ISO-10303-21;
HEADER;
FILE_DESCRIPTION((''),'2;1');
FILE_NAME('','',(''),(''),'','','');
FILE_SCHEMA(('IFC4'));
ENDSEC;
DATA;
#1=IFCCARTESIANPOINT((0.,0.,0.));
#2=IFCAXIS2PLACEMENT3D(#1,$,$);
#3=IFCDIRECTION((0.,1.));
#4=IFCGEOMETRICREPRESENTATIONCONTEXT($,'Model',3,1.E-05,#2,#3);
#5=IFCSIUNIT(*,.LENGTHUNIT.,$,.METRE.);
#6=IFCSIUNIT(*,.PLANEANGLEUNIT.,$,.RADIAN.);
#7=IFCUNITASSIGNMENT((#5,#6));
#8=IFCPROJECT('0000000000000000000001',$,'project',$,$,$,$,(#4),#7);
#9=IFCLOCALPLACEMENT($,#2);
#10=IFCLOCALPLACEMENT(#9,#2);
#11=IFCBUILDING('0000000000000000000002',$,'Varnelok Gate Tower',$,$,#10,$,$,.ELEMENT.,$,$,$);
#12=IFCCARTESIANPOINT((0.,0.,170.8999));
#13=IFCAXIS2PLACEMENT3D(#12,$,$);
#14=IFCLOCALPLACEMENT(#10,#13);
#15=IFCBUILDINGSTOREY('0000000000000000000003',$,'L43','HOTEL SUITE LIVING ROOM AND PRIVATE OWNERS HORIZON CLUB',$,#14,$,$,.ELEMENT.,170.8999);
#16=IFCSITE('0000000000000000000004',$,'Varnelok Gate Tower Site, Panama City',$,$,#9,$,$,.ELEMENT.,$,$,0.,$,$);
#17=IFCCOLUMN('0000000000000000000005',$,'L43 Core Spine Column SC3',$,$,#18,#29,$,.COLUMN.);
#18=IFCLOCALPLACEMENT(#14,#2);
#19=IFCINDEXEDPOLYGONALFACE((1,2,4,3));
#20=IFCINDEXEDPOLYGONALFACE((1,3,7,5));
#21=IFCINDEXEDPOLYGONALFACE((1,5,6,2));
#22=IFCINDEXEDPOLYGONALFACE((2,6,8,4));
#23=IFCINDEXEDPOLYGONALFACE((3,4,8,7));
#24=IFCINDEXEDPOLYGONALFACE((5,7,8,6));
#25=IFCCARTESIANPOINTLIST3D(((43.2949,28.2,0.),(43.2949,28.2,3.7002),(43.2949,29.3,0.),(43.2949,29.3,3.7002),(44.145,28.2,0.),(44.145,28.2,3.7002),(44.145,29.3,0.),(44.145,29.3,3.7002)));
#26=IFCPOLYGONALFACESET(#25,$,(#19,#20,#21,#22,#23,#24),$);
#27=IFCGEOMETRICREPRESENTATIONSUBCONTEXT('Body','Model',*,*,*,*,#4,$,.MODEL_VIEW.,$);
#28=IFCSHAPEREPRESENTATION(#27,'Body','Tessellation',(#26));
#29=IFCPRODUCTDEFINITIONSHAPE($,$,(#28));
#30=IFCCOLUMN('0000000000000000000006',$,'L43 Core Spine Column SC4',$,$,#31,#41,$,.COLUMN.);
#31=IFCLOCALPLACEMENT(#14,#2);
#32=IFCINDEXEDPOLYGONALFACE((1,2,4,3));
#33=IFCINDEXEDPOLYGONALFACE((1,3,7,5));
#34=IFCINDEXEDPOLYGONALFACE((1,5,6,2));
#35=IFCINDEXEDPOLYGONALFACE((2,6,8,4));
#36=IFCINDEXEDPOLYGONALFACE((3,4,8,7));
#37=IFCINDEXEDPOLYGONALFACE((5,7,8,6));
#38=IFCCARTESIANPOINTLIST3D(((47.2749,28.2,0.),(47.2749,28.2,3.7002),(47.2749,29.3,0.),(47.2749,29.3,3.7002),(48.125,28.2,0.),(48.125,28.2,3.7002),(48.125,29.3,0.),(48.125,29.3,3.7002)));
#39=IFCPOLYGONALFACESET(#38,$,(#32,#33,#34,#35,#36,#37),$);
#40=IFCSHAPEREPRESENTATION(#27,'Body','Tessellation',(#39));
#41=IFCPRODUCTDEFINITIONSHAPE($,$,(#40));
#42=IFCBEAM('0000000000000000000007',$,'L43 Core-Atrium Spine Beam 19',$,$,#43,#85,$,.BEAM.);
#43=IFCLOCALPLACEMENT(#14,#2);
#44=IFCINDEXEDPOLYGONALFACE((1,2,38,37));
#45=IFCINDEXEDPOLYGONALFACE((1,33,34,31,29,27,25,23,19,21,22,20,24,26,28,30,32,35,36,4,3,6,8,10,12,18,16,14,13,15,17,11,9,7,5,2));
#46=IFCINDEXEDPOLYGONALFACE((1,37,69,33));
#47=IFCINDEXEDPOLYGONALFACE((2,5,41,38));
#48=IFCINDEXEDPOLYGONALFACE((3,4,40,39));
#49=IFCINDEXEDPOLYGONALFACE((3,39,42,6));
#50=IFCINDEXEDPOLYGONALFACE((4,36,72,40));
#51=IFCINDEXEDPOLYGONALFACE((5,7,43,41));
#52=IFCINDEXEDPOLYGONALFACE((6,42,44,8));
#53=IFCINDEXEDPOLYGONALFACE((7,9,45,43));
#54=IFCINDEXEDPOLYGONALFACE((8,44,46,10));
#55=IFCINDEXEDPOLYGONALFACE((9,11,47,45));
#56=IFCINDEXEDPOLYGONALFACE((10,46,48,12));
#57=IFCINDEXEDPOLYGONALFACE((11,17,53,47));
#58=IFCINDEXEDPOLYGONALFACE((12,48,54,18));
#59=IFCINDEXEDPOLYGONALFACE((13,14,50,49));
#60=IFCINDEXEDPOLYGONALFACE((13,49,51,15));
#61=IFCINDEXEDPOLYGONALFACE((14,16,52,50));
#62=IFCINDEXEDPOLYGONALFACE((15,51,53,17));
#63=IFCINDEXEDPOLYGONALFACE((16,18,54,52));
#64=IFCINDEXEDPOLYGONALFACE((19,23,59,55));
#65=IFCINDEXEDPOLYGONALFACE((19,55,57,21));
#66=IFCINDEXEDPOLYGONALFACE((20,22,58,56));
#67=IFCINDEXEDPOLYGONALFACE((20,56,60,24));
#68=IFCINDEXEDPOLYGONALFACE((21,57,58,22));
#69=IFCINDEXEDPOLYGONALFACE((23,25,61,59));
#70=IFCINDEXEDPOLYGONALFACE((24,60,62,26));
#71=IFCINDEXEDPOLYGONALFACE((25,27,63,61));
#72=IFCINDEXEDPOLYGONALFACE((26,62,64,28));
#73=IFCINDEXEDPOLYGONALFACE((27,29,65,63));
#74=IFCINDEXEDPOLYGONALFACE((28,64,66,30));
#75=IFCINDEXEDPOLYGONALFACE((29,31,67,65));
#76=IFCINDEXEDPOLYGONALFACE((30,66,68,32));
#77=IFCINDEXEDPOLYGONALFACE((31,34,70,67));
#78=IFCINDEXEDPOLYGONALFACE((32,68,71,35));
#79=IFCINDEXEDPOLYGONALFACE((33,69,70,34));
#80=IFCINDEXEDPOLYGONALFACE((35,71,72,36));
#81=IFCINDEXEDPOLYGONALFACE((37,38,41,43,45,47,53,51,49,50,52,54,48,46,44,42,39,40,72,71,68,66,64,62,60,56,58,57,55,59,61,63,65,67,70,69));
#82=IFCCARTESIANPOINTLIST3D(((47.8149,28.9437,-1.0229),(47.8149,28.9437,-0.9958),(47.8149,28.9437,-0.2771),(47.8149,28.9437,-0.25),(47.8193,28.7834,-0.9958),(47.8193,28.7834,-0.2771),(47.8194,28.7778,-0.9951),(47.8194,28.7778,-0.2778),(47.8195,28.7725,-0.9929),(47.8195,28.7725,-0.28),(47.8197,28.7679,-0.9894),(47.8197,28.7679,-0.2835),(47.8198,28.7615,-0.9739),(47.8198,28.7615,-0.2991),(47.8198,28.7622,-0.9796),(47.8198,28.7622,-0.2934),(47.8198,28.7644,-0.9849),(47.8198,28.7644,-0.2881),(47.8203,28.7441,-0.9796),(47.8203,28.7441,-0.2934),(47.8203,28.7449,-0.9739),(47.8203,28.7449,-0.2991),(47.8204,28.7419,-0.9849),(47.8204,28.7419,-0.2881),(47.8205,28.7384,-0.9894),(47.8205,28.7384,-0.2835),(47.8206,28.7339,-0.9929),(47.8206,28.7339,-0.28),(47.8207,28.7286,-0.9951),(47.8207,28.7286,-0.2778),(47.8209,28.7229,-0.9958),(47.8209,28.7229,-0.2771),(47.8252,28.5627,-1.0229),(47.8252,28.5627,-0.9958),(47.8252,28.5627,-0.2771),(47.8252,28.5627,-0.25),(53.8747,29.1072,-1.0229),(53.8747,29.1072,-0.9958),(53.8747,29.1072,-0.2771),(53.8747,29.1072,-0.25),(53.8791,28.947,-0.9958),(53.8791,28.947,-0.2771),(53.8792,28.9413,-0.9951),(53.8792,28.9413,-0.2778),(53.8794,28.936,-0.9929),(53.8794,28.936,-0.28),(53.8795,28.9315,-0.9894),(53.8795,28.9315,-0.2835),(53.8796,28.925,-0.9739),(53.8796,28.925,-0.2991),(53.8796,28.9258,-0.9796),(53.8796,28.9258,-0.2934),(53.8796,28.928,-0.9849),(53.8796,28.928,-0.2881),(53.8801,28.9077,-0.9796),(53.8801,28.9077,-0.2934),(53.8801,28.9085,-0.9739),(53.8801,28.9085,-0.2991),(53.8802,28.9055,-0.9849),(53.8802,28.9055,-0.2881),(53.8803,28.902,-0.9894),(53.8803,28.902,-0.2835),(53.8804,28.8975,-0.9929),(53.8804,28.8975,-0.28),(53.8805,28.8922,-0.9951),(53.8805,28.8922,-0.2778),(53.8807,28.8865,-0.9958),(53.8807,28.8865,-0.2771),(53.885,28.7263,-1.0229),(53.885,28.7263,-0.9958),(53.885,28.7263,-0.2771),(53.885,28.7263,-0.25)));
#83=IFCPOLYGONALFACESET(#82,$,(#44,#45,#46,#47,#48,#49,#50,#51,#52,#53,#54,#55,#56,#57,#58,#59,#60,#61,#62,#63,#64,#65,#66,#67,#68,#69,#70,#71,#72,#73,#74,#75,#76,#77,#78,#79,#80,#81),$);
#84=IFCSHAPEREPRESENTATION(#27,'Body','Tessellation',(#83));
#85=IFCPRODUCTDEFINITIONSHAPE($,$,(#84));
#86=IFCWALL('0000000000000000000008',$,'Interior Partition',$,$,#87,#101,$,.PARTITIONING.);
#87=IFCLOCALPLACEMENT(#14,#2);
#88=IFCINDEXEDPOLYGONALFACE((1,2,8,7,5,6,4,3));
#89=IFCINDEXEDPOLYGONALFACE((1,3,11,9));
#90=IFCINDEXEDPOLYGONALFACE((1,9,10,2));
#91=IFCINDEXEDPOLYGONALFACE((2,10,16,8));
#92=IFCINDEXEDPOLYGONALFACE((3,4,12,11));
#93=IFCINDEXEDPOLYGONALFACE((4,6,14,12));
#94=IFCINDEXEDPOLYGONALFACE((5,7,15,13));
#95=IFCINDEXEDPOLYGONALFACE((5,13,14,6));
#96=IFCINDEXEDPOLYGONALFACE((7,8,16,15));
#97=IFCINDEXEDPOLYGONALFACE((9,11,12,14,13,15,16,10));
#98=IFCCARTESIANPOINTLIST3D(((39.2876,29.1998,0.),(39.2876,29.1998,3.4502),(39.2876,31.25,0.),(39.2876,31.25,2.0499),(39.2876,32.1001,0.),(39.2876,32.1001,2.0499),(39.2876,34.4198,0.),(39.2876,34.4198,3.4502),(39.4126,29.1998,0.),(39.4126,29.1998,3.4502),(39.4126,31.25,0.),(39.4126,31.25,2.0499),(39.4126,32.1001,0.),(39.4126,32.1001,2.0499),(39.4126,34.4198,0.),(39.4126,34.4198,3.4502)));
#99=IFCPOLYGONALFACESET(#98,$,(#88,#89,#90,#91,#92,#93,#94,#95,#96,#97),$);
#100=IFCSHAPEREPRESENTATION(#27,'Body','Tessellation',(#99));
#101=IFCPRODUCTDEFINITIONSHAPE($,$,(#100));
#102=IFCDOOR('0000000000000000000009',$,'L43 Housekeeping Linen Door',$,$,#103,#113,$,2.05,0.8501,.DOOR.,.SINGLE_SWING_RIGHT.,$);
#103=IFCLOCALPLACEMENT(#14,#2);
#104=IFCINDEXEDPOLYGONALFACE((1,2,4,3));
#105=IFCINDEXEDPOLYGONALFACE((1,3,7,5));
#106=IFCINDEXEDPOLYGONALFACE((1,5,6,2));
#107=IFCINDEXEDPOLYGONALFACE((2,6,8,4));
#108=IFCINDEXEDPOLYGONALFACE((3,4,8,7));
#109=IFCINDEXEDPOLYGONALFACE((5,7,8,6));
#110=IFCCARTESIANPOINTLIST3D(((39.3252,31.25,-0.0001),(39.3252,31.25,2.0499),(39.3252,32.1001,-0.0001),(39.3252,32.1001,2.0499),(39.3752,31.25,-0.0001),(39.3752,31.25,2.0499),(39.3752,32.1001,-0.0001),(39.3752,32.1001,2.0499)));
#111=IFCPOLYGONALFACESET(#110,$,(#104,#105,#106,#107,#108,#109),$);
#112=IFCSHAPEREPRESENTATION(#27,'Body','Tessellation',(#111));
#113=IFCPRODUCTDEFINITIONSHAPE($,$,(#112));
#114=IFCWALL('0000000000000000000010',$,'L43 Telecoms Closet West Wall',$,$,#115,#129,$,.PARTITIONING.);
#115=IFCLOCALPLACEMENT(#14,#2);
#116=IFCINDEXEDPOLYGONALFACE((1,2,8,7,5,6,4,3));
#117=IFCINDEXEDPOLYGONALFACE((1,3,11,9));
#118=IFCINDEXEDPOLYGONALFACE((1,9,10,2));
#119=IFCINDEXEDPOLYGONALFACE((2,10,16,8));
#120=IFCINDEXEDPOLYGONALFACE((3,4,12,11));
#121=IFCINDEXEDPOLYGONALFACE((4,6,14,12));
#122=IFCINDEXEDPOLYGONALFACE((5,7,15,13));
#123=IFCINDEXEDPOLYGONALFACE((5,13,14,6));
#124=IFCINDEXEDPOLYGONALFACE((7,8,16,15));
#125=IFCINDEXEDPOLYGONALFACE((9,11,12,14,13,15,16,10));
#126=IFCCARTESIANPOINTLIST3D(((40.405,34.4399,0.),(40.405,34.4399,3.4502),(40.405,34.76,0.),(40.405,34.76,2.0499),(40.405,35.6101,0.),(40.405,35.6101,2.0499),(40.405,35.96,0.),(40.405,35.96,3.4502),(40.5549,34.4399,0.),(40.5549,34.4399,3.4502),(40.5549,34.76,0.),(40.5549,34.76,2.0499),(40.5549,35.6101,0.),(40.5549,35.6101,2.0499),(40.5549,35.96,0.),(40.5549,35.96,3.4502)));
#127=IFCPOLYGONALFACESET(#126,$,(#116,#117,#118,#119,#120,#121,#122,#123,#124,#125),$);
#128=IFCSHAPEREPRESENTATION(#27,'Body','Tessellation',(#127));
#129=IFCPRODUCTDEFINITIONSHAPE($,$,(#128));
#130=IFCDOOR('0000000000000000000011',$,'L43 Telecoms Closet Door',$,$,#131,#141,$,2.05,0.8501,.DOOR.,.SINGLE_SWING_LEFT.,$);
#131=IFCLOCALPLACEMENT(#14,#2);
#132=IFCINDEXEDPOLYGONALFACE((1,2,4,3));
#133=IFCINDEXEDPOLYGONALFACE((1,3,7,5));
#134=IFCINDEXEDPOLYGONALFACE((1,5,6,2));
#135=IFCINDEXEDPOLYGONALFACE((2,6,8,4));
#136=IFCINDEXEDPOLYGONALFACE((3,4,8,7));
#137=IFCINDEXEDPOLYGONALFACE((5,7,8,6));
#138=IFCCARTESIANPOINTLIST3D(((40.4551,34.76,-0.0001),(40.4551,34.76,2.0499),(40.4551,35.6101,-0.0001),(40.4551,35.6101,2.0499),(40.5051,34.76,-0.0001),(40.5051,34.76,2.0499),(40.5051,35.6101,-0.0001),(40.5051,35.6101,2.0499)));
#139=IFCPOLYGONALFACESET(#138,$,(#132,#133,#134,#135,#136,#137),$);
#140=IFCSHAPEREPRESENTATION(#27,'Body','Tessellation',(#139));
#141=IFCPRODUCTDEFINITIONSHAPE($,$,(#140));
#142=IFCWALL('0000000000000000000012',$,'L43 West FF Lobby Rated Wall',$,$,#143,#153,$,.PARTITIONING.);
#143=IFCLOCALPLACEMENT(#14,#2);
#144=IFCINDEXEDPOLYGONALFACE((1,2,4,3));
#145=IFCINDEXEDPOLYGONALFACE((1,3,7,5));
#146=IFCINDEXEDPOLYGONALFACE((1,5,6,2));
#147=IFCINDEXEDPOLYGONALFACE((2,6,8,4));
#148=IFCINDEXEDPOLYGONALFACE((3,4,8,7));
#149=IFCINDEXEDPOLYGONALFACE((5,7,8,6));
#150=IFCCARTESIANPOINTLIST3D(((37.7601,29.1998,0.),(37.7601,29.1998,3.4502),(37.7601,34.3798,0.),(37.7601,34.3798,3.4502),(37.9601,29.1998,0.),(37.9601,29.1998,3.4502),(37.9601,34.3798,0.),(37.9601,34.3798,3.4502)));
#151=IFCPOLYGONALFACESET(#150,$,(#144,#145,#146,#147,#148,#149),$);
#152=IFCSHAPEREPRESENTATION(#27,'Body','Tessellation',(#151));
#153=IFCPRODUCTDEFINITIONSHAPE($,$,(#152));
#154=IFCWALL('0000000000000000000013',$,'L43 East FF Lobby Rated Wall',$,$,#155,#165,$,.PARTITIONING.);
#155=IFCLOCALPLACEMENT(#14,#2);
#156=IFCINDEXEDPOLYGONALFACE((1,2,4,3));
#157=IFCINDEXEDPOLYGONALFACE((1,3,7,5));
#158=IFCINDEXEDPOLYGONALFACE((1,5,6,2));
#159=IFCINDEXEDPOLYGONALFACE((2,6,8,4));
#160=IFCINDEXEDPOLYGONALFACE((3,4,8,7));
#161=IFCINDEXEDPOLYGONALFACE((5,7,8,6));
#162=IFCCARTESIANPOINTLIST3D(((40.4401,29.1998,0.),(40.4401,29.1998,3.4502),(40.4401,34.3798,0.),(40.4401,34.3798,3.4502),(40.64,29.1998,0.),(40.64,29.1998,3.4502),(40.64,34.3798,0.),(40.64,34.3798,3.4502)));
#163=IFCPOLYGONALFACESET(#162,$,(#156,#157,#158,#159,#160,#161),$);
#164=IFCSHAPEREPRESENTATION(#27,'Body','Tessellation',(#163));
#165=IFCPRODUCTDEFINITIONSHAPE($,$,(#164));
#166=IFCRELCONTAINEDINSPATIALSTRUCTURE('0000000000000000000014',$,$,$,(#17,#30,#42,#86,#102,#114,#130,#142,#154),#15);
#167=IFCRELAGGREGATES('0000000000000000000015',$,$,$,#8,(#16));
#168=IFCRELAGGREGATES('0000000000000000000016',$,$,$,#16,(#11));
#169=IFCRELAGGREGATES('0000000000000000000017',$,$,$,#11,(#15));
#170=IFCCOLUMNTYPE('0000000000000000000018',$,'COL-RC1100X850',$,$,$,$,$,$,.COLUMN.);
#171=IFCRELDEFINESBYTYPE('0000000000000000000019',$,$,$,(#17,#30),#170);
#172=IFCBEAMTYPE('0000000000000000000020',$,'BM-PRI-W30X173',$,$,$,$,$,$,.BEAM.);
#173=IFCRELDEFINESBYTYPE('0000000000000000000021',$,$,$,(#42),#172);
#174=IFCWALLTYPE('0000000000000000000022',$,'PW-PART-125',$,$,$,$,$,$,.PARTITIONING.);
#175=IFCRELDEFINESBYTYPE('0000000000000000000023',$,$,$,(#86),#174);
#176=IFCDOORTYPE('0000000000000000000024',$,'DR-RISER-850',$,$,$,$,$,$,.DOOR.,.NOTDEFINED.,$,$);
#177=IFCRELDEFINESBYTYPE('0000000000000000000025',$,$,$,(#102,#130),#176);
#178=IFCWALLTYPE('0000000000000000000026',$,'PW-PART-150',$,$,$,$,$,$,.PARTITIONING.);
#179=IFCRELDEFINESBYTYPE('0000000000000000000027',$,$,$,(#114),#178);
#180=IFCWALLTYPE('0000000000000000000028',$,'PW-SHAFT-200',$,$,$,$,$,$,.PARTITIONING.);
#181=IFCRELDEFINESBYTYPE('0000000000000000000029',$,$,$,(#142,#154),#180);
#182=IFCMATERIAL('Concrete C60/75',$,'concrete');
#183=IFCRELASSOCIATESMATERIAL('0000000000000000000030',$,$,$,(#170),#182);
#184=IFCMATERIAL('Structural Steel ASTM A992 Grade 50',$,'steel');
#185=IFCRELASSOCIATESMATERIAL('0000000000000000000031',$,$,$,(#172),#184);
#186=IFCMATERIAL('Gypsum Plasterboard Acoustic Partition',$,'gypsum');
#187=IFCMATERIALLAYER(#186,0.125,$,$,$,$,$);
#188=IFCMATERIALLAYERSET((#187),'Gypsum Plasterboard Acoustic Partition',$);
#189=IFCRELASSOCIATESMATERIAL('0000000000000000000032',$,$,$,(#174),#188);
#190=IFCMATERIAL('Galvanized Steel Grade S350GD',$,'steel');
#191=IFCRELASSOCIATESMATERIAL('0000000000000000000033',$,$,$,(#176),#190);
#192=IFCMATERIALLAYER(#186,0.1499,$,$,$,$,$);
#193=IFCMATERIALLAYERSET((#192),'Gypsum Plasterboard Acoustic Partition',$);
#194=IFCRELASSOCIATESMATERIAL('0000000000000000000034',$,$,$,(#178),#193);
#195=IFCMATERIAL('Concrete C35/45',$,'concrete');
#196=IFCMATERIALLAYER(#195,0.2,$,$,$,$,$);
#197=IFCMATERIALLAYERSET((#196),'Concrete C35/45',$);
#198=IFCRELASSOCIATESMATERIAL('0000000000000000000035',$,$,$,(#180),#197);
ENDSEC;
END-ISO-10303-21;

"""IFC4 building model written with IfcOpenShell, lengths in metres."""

from ifc_helpers import new_model, si_unit, direction, frame, frame_2d, origin, origin_2d, place, context, subcontext, project, spatial, rectangle, i_section, extrude, material, layer, layer_set, material_profile, profile_set, type_object, element, fill, save


model = new_model("IFC4")

# Units and contexts
model_context = context("Model", 3, precision=1e-05, world=origin(), true_north=direction((0.0, 1.0)))
body_context = subcontext(model_context, "Body", "Model", "MODEL_VIEW")
ifc_project = project(units=[si_unit("LENGTHUNIT", "METRE"), si_unit("PLANEANGLEUNIT", "RADIAN")], contexts=[model_context])

# Site, building, storey
site_placement = place(None, origin())
site = spatial("IfcSite", under=ifc_project, at=site_placement, Name="Varnelok Gate Tower Site, Panama City", CompositionType="ELEMENT", RefElevation=0.0)
building_placement = place(site_placement, origin())
building = spatial("IfcBuilding", under=site, at=building_placement, Name="Varnelok Gate Tower", CompositionType="ELEMENT")
storey_placement = place(building_placement, frame((0.0, 0.0, 170.8999)))
storey = spatial("IfcBuildingStorey", under=building, at=storey_placement, Name="L43", Description="HOTEL SUITE LIVING ROOM AND PRIVATE OWNERS HORIZON CLUB", CompositionType="ELEMENT", Elevation=170.8999)

# Columns
ifc_material_1 = material(Name="Concrete C60/75", Category="concrete")
ifc_material_profile_1 = material_profile(ifc_material_1, rectangle(XDim=0.8501, YDim=1.1001, at=origin_2d()), Name="RC1100X850")
ifc_profile_set_1 = profile_set([ifc_material_profile_1], Name="Concrete C60/75")
column_type = type_object("IfcColumnType", Name="COL-RC1100X850", PredefinedType="COLUMN", material=ifc_profile_set_1)
for number, where, z_axis, x_axis, name in (
    (1, (43.72, 28.75, 0.0), (0.0, 0.0, 1.0), (1.0, 0.0, 0.0), "L43 Core Spine Column SC3"),
    (2, (47.7, 28.75, 0.0), (0.0, 0.0, 1.0), (1.0, 0.0, 0.0), "L43 Core Spine Column SC4"),
):
    element("IfcColumn", number, at=place(storey_placement, frame(where, z_axis=z_axis, x_axis=x_axis)), inside=storey, type_object=column_type, Name=name, PredefinedType="COLUMN", context=body_context, shape_type="SweptSolid", body=[
        extrude(rectangle(XDim=0.8501, YDim=1.1001, at=origin_2d()), origin(), (0.0, 0.0, 1.0), 3.7002),
    ])

# Beam
ifc_material_2 = material(Name="Structural Steel ASTM A992 Grade 50", Category="steel")
ifc_material_profile_2 = material_profile(ifc_material_2, i_section(OverallWidth=0.3811, OverallDepth=0.7729, WebThickness=0.0166, FlangeThickness=0.0271, FilletRadius=0.022, at=origin_2d()), Name="W30X173")
ifc_profile_set_2 = profile_set([ifc_material_profile_2], Name="Structural Steel ASTM A992 Grade 50")
beam_type = type_object("IfcBeamType", Name="BM-PRI-W30X173", PredefinedType="BEAM", material=ifc_profile_set_2)
beam_placement = place(storey_placement, frame((47.8201, 28.7532, -0.6365), z_axis=(0.999636, 0.026983, 0.0), x_axis=(-0.026983, 0.999636, 0.0)))
element("IfcBeam", 3, at=beam_placement, inside=storey, type_object=beam_type, Name="L43 Core-Atrium Spine Beam 19", PredefinedType="BEAM", context=body_context, shape_type="SweptSolid", body=[
    extrude(i_section(OverallWidth=0.3811, OverallDepth=0.7729, WebThickness=0.0166, FlangeThickness=0.0271, FilletRadius=0.022, at=origin_2d()), origin(), (0.0, 0.0, 1.0), 6.062),
])

# Walls, openings, doors
ifc_material_3 = material(Name="Gypsum Plasterboard Acoustic Partition", Category="gypsum")
ifc_layer_1 = layer(ifc_material_3, 0.125)
ifc_layer_set_1 = layer_set([ifc_layer_1], Name="Gypsum Plasterboard Acoustic Partition")
wall_type_1 = type_object("IfcWallType", Name="PW-PART-125", PredefinedType="PARTITIONING", material=ifc_layer_set_1)
wall_1_placement = place(storey_placement, frame((39.3501, 29.2, 0.0), z_axis=(0.0, 0.0, 1.0), x_axis=(0.0, 1.0, 0.0)))
wall_1 = element("IfcWall", 4, at=wall_1_placement, inside=storey, type_object=wall_type_1, Name="Interior Partition", PredefinedType="PARTITIONING", context=body_context, shape_type="SweptSolid", body=[
    extrude(rectangle(XDim=5.22, YDim=0.125, at=frame_2d((2.6099, 0.0))), origin(), (0.0, 0.0, 1.0), 3.4502),
])
opening_1_placement = place(wall_1_placement, frame((2.05, 0.0, 0.0)))
opening_1 = element("IfcOpeningElement", 5, at=opening_1_placement, cuts=wall_1, PredefinedType="OPENING", context=body_context, shape_type="SweptSolid", body=[
    extrude(rectangle(XDim=0.8501, YDim=2.05, at=frame_2d((0.425, 1.0249))), frame((0.0, 0.0725, 0.0), z_axis=(0.0, -1.0, 0.0), x_axis=(1.0, 0.0, 0.0)), (0.0, 0.0, 1.0), 0.145),
])
ifc_material_4 = material(Name="Galvanized Steel Grade S350GD", Category="steel")
door_type_1 = type_object("IfcDoorType", Name="DR-RISER-850", OperationType="NOTDEFINED", PredefinedType="DOOR", material=ifc_material_4)
door_1_placement = place(opening_1_placement, origin())
door_1 = element("IfcDoor", 6, at=door_1_placement, inside=storey, type_object=door_type_1, Name="L43 Housekeeping Linen Door", OperationType="SINGLE_SWING_RIGHT", OverallHeight=2.05, OverallWidth=0.8501, PredefinedType="DOOR", context=body_context, shape_type="SweptSolid", body=[
    extrude(rectangle(XDim=0.8501, YDim=2.05, at=frame_2d((0.425, 1.0249))), frame((0.0, 0.0249, 0.0), z_axis=(0.0, -1.0, 0.0), x_axis=(1.0, 0.0, 0.0)), (0.0, 0.0, 1.0), 0.05),
])
fill(opening_1, door_1)
ifc_layer_2 = layer(ifc_material_3, 0.1499)
ifc_layer_set_2 = layer_set([ifc_layer_2], Name="Gypsum Plasterboard Acoustic Partition")
wall_type_2 = type_object("IfcWallType", Name="PW-PART-150", PredefinedType="PARTITIONING", material=ifc_layer_set_2)
wall_2_placement = place(storey_placement, frame((40.48, 34.4399, 0.0), z_axis=(0.0, 0.0, 1.0), x_axis=(0.0, 1.0, 0.0)))
wall_2 = element("IfcWall", 7, at=wall_2_placement, inside=storey, type_object=wall_type_2, Name="L43 Telecoms Closet West Wall", PredefinedType="PARTITIONING", context=body_context, shape_type="SweptSolid", body=[
    extrude(rectangle(XDim=1.52, YDim=0.1499, at=frame_2d((0.76, 0.0))), origin(), (0.0, 0.0, 1.0), 3.4502),
])
opening_2_placement = place(wall_2_placement, frame((0.3201, 0.0, 0.0)))
opening_2 = element("IfcOpeningElement", 8, at=opening_2_placement, cuts=wall_2, PredefinedType="OPENING", context=body_context, shape_type="SweptSolid", body=[
    extrude(rectangle(XDim=0.8501, YDim=2.05, at=frame_2d((0.425, 1.0249))), frame((0.0, 0.085, 0.0), z_axis=(0.0, -1.0, 0.0), x_axis=(1.0, 0.0, 0.0)), (0.0, 0.0, 1.0), 0.1699),
])
door_2_placement = place(opening_2_placement, origin())
door_2 = element("IfcDoor", 9, at=door_2_placement, inside=storey, type_object=door_type_1, Name="L43 Telecoms Closet Door", OperationType="SINGLE_SWING_LEFT", OverallHeight=2.05, OverallWidth=0.8501, PredefinedType="DOOR", context=body_context, shape_type="SweptSolid", body=[
    extrude(rectangle(XDim=0.8501, YDim=2.05, at=frame_2d((0.425, 1.0249))), frame((0.0, 0.0249, 0.0), z_axis=(0.0, -1.0, 0.0), x_axis=(1.0, 0.0, 0.0)), (0.0, 0.0, 1.0), 0.05),
])
fill(opening_2, door_2)

# Walls
ifc_material_5 = material(Name="Concrete C35/45", Category="concrete")
ifc_layer_3 = layer(ifc_material_5, 0.2)
ifc_layer_set_3 = layer_set([ifc_layer_3], Name="Concrete C35/45")
wall_type_3 = type_object("IfcWallType", Name="PW-SHAFT-200", PredefinedType="PARTITIONING", material=ifc_layer_set_3)
for number, where, z_axis, x_axis, name in (
    (10, (37.8601, 29.2, 0.0), (0.0, 0.0, 1.0), (0.0, 1.0, 0.0), "L43 West FF Lobby Rated Wall"),
    (11, (40.54, 29.2, 0.0), (0.0, 0.0, 1.0), (0.0, 1.0, 0.0), "L43 East FF Lobby Rated Wall"),
):
    element("IfcWall", number, at=place(storey_placement, frame(where, z_axis=z_axis, x_axis=x_axis)), inside=storey, type_object=wall_type_3, Name=name, PredefinedType="PARTITIONING", context=body_context, shape_type="SweptSolid", body=[
        extrude(rectangle(XDim=5.1799, YDim=0.2, at=frame_2d((2.5898, 0.0))), origin(), (0.0, 0.0, 1.0), 3.4502),
    ])

save(model, "model.ifc")
